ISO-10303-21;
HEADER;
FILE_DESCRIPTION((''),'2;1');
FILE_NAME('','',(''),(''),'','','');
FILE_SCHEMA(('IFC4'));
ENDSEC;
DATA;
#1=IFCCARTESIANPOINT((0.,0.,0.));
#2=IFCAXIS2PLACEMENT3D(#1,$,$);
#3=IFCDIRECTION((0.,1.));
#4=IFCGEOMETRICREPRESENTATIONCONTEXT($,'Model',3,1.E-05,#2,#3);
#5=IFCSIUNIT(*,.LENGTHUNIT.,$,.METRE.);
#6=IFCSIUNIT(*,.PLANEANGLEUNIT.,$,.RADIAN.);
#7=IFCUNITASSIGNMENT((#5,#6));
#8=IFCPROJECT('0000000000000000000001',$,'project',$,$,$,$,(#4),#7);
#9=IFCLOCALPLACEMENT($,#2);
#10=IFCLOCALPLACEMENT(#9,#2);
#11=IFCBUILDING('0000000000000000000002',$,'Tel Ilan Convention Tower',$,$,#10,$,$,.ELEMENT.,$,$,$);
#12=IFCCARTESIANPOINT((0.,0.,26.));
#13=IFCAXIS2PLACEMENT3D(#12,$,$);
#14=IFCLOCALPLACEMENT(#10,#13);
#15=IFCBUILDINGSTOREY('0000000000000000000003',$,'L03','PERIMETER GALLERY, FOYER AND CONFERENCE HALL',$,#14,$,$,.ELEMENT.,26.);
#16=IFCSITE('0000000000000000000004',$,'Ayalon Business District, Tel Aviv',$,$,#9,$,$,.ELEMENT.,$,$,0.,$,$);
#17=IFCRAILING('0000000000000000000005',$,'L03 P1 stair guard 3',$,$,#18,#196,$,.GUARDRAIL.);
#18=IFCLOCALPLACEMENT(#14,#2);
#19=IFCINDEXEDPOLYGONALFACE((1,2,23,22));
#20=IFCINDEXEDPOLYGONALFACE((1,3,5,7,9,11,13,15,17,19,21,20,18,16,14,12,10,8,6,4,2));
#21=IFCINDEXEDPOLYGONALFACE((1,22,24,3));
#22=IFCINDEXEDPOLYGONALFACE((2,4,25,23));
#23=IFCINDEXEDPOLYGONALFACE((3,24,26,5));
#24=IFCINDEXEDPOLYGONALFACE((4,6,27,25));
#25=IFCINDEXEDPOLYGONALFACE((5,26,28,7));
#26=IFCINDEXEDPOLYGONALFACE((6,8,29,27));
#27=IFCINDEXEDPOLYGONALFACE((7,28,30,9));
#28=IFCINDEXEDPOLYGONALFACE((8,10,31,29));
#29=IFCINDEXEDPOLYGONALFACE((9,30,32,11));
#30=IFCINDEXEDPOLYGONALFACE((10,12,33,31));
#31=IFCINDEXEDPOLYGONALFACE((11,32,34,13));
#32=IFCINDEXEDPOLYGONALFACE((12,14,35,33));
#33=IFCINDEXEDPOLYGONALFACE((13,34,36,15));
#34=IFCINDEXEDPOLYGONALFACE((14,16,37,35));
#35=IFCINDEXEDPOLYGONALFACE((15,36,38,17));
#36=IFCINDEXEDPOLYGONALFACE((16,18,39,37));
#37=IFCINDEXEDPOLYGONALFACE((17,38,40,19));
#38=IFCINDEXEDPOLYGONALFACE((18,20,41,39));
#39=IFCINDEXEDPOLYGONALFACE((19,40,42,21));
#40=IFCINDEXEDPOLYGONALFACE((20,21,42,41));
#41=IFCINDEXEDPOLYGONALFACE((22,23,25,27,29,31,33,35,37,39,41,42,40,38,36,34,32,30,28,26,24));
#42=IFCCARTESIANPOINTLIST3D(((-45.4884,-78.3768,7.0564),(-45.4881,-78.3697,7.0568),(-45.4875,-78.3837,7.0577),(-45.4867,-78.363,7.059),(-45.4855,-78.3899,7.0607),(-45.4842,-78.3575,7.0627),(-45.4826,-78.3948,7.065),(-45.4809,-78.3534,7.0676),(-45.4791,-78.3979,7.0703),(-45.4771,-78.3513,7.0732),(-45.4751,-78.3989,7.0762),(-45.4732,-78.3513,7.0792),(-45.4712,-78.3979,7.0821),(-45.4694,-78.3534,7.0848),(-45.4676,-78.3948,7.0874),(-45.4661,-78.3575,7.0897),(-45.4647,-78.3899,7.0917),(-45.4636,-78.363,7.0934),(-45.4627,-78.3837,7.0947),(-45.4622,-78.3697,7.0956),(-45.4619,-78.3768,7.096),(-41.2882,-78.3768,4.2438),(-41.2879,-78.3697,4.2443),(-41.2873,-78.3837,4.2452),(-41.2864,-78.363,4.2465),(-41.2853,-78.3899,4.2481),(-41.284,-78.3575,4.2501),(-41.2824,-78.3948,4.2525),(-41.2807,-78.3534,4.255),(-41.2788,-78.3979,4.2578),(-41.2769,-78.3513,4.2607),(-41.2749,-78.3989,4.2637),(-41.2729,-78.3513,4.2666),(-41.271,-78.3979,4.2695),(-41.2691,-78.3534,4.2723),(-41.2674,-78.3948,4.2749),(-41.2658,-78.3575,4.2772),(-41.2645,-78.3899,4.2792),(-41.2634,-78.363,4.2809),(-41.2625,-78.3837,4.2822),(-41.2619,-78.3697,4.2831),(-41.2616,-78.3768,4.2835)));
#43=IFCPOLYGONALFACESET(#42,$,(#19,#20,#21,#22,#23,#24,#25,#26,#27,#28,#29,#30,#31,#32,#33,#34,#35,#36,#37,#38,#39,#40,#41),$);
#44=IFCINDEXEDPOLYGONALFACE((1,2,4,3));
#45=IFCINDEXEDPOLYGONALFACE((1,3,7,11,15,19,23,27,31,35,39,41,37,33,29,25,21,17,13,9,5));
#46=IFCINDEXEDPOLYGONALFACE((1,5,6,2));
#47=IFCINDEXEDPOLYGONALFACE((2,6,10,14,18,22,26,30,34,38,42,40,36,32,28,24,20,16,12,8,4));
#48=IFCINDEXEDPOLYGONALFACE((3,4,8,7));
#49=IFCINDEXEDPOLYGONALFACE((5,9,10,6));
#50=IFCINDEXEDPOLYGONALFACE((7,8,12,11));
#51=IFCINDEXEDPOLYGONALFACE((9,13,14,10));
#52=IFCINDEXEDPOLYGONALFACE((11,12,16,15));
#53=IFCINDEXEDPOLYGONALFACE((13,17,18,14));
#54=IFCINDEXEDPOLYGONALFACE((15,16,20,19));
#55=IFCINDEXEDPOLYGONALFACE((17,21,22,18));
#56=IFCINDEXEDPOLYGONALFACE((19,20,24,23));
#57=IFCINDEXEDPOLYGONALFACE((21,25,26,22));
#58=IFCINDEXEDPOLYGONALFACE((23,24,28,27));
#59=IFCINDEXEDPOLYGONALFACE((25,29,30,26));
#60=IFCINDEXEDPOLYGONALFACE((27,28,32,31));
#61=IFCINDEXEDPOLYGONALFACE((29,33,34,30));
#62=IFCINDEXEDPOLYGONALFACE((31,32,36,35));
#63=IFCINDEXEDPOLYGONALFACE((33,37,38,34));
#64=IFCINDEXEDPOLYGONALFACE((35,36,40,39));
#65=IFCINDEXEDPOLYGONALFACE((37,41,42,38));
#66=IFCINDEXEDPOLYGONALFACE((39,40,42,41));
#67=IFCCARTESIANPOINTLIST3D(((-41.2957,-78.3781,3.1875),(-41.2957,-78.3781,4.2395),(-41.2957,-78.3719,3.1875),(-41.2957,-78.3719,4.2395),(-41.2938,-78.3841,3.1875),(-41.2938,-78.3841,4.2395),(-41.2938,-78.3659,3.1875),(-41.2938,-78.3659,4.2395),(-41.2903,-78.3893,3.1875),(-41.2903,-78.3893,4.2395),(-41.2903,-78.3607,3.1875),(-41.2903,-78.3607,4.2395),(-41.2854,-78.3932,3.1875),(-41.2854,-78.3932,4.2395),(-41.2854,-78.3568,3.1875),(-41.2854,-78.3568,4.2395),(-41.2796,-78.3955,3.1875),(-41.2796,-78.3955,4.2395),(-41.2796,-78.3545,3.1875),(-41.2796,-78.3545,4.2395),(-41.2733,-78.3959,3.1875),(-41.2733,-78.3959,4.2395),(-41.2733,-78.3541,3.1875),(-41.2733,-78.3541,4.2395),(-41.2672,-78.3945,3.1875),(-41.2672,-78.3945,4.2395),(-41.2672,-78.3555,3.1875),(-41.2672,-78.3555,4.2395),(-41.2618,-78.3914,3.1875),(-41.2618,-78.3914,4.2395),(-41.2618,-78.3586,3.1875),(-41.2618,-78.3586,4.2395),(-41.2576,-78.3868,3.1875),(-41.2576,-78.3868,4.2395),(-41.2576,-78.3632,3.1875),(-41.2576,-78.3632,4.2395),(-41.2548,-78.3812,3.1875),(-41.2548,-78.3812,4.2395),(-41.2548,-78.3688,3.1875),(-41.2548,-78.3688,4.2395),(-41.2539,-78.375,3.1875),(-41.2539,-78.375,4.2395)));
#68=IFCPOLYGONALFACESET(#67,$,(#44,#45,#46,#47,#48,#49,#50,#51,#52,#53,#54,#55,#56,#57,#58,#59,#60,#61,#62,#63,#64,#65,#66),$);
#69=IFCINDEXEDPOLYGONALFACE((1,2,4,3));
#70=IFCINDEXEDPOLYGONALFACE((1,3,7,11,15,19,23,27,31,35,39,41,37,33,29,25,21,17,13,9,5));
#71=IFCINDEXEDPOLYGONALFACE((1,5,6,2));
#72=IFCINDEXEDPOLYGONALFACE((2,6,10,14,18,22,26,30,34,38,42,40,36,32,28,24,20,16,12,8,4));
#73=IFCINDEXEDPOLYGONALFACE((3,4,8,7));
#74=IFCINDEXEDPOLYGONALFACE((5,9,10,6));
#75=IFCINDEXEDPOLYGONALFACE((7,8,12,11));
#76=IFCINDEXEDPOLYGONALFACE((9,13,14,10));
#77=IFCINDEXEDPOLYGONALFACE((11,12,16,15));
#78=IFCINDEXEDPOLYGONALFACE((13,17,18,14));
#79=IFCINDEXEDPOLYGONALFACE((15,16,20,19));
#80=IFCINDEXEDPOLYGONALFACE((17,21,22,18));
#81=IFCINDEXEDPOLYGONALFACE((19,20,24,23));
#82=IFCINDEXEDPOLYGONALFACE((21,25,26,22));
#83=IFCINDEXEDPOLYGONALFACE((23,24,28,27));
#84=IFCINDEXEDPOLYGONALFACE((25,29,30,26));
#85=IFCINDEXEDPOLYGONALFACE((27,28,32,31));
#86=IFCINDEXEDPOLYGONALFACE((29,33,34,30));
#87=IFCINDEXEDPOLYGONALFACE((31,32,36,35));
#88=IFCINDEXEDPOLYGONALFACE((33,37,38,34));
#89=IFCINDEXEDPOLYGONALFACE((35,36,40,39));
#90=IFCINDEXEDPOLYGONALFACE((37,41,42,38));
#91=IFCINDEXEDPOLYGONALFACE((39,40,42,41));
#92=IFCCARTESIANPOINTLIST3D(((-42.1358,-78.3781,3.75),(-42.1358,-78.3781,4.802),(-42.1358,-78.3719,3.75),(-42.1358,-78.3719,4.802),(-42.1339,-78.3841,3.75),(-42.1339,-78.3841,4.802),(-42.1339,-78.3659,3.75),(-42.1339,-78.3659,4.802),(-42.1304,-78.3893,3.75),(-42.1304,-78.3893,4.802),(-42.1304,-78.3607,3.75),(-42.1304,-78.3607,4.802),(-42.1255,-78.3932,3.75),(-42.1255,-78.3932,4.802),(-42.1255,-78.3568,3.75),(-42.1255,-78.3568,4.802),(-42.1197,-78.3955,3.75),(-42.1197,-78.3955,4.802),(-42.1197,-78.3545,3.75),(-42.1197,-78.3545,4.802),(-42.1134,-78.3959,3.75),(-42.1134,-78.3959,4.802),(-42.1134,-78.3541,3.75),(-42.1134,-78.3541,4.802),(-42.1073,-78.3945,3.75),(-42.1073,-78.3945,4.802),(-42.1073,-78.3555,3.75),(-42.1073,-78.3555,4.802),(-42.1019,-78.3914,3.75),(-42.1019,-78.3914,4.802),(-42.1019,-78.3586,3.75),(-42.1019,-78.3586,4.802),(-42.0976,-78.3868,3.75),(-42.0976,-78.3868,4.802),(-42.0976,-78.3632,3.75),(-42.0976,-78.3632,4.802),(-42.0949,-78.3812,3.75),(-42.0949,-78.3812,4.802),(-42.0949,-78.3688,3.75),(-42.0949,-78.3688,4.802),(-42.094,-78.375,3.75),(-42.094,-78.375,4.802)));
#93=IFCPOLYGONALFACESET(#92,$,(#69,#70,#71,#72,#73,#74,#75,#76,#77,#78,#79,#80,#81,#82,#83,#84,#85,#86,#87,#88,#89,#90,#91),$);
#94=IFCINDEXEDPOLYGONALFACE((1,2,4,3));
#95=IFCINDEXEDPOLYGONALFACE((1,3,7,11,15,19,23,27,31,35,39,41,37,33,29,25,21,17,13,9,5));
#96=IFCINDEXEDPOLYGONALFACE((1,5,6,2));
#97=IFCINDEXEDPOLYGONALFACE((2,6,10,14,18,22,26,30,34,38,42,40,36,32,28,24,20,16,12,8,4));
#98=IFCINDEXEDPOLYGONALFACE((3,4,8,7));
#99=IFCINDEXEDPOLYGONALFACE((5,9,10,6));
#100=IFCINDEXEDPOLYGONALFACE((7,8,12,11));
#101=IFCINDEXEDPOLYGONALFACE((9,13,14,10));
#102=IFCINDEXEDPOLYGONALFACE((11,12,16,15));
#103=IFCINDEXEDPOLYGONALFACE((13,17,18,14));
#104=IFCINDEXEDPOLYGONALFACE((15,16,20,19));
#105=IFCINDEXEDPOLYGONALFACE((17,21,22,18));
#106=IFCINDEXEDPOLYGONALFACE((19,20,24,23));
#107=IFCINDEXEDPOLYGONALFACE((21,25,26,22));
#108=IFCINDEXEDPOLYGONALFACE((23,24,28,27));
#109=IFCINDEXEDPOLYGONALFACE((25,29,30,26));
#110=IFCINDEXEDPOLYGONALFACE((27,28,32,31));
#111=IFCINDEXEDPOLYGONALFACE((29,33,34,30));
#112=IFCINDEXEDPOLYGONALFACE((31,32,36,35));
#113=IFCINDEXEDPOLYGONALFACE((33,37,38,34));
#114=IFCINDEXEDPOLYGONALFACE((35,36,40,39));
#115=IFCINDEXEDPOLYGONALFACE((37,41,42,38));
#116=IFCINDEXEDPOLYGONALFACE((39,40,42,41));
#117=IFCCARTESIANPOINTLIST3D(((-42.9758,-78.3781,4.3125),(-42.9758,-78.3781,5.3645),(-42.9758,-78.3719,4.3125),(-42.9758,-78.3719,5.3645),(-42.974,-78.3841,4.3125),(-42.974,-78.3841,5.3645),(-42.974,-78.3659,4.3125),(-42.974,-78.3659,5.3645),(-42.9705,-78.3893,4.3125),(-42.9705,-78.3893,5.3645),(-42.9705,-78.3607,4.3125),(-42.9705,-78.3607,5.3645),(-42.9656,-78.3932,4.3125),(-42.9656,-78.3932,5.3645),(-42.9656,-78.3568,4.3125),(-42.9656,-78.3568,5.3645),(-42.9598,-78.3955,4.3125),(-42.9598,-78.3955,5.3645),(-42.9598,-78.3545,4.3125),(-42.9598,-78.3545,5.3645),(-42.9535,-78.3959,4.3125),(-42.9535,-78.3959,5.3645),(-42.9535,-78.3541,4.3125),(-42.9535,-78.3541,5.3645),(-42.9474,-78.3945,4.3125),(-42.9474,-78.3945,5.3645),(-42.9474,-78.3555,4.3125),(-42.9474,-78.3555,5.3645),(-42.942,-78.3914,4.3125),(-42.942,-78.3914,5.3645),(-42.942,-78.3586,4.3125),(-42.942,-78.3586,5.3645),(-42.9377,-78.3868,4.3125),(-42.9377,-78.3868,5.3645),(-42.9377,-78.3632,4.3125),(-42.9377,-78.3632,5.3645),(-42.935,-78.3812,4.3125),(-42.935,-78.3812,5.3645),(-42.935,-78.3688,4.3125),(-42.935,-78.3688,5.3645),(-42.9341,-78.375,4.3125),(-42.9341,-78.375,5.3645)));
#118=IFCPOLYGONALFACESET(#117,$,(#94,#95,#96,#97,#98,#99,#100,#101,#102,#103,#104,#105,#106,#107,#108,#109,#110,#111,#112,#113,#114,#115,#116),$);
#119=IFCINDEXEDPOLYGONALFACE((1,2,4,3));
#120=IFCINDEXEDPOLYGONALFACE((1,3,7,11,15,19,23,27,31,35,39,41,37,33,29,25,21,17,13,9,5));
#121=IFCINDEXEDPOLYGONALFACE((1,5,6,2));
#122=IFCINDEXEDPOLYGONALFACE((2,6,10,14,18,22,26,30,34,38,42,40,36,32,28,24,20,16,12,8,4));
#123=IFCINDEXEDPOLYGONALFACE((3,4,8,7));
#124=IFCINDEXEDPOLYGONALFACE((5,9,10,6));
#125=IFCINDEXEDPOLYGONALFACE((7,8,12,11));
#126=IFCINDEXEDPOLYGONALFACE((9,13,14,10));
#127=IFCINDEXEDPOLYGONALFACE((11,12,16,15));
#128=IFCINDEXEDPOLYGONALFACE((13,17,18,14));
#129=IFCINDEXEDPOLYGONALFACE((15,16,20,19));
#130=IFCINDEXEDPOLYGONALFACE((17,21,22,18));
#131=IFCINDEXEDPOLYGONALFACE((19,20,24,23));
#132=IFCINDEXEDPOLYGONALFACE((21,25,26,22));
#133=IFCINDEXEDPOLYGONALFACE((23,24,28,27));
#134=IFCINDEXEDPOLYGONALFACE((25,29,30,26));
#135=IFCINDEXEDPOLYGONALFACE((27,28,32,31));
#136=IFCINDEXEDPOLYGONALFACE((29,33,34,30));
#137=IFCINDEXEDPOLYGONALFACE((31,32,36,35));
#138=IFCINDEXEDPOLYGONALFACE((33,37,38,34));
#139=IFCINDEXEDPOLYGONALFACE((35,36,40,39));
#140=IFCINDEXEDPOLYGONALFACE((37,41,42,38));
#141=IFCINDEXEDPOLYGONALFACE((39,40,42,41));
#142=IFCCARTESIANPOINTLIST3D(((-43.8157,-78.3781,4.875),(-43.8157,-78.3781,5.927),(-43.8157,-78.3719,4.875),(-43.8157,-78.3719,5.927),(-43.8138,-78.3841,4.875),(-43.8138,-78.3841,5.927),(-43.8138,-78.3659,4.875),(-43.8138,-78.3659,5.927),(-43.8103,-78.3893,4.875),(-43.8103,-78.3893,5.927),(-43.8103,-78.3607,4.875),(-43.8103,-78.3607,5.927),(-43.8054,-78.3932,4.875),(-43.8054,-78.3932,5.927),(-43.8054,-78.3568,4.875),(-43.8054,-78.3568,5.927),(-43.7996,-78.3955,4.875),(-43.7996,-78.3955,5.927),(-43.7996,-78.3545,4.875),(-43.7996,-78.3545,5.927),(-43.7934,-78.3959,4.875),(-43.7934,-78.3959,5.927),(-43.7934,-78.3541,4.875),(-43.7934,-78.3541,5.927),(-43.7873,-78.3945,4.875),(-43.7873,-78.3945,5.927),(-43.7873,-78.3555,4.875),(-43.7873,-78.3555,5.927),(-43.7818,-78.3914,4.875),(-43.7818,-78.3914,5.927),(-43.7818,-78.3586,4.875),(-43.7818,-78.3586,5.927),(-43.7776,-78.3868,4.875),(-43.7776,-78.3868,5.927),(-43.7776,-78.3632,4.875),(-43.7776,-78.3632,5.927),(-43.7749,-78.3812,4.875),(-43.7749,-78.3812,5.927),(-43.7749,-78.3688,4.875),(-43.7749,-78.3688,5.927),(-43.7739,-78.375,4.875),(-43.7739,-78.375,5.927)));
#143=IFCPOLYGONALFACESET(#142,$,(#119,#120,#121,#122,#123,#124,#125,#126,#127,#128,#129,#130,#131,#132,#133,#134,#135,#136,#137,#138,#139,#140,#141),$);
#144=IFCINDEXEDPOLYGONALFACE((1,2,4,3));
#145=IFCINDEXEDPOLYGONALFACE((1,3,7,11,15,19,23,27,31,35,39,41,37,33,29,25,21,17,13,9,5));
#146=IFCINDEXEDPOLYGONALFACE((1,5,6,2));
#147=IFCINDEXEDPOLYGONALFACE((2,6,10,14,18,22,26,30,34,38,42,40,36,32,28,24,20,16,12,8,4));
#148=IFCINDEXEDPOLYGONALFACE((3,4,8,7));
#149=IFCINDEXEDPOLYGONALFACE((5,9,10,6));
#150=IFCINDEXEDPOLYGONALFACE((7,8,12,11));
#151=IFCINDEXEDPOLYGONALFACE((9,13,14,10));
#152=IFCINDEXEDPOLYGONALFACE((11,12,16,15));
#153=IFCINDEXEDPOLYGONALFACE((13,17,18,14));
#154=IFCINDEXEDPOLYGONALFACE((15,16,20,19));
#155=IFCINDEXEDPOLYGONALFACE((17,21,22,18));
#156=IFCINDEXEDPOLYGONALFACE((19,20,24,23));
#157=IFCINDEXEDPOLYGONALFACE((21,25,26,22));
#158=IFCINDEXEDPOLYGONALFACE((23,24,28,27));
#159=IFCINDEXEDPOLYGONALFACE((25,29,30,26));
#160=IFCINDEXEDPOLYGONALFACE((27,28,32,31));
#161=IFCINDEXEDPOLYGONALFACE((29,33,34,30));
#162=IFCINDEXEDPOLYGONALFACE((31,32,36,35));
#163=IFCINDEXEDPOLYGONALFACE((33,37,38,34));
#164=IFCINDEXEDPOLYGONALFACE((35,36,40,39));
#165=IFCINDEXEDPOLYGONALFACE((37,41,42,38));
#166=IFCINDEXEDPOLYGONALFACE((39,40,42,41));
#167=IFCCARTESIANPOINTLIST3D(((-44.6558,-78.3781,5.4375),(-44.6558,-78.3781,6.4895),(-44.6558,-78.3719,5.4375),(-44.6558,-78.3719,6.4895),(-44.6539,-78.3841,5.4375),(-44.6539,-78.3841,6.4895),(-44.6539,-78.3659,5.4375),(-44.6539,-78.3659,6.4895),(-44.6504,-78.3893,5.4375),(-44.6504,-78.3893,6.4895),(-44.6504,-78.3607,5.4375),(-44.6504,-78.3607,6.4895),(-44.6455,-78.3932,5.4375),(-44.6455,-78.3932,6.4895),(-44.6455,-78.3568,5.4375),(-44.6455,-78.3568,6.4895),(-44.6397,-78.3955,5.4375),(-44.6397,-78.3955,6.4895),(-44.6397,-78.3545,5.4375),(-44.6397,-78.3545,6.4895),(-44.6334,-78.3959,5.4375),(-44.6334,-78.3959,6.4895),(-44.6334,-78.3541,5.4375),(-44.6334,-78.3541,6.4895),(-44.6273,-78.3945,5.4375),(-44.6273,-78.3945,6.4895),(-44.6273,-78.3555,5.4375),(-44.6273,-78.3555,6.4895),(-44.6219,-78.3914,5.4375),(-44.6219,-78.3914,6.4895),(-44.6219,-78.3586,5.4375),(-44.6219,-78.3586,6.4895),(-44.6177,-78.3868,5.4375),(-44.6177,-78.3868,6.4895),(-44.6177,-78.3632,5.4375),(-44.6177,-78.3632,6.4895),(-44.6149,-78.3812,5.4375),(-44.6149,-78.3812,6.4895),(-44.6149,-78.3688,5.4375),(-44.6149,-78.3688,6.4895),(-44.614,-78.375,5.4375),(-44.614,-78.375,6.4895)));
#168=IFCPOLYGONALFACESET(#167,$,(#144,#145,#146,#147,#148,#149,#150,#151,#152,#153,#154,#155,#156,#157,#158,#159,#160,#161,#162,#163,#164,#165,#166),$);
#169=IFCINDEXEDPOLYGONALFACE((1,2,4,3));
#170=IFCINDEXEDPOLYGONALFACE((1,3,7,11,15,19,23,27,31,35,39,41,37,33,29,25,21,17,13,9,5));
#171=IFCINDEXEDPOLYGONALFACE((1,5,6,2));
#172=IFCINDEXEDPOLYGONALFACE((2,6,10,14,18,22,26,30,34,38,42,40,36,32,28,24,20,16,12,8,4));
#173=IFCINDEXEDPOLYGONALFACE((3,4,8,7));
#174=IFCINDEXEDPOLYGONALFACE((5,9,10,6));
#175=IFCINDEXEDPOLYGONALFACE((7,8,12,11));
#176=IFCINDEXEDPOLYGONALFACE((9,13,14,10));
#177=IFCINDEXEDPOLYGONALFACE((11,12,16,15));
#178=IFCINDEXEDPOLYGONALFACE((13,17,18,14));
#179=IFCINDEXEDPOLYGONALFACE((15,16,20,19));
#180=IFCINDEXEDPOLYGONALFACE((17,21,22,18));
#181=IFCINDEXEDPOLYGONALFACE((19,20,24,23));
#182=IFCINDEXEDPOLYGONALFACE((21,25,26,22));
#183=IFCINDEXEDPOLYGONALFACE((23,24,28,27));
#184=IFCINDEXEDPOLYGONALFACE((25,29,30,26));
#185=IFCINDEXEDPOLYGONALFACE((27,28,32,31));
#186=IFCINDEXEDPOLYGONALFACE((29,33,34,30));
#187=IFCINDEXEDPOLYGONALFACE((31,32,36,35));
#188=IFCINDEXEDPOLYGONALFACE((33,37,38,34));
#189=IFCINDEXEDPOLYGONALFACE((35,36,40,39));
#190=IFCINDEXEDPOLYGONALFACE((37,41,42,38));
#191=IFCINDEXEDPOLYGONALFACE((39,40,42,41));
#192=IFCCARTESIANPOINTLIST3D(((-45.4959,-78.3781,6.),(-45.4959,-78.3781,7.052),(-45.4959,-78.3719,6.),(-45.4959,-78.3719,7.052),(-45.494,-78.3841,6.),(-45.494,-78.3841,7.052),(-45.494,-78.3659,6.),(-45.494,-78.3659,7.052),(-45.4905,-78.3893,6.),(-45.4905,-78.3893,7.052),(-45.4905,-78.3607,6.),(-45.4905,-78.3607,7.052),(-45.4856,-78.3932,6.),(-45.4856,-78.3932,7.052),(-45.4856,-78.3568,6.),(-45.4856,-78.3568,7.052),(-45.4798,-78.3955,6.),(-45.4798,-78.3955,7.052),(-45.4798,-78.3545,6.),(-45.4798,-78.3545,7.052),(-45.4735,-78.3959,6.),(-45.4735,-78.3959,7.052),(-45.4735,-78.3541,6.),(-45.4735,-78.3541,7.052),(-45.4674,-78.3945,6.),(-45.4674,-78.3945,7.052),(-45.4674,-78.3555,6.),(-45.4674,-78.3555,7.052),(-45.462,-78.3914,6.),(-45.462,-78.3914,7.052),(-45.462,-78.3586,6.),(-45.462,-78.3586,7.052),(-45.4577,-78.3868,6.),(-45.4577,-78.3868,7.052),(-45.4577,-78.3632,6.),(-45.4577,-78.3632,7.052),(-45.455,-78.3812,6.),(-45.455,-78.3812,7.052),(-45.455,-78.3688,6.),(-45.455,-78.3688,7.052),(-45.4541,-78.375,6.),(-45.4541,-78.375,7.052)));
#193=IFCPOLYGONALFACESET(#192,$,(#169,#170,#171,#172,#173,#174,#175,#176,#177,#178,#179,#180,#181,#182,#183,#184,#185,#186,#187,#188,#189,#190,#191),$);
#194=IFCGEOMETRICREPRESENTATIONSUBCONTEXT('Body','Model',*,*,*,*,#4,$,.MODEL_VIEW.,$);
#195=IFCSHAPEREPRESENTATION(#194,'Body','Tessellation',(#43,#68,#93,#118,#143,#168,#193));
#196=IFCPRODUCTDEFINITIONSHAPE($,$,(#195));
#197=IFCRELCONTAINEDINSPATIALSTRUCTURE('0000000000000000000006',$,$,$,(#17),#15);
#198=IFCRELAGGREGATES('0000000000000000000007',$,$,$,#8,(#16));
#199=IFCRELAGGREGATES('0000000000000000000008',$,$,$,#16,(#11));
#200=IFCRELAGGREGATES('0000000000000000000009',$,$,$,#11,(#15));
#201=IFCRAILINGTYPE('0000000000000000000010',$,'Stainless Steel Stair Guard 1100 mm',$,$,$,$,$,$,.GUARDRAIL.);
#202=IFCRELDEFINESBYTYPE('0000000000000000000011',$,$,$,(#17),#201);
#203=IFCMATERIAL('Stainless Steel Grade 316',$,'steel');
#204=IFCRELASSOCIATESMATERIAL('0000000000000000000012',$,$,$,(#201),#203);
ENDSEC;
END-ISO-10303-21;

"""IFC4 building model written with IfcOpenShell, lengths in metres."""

from ifc_helpers import new_model, si_unit, direction, frame, origin, origin_2d, place, context, subcontext, project, spatial, circle, extrude, material, type_object, element, save


model = new_model("IFC4")

# Units and contexts
model_context = context("Model", 3, precision=1e-05, world=origin(), true_north=direction((0.0, 1.0)))
body_context = subcontext(model_context, "Body", "Model", "MODEL_VIEW")
ifc_project = project(units=[si_unit("LENGTHUNIT", "METRE"), si_unit("PLANEANGLEUNIT", "RADIAN")], contexts=[model_context])

# Site, building, storey
site_placement = place(None, origin())
site = spatial("IfcSite", under=ifc_project, at=site_placement, Name="Ayalon Business District, Tel Aviv", CompositionType="ELEMENT", RefElevation=0.0)
building_placement = place(site_placement, origin())
building = spatial("IfcBuilding", under=site, at=building_placement, Name="Tel Ilan Convention Tower", CompositionType="ELEMENT")
storey_placement = place(building_placement, frame((0.0, 0.0, 26.0)))
storey = spatial("IfcBuildingStorey", under=building, at=storey_placement, Name="L03", Description="PERIMETER GALLERY, FOYER AND CONFERENCE HALL", CompositionType="ELEMENT", Elevation=26.0)

# Railing
ifc_material_1 = material(Name="Stainless Steel Grade 316", Category="steel")
railing_type = type_object("IfcRailingType", Name="Stainless Steel Stair Guard 1100 mm", PredefinedType="GUARDRAIL", material=ifc_material_1)
railing_1_placement = place(storey_placement, frame((-41.2749, -78.375, 3.1875)))
element("IfcRailing", 1, at=railing_1_placement, inside=storey, type_object=railing_type, Name="L03 P1 stair guard 3", PredefinedType="GUARDRAIL", context=body_context, shape_type="SweptSolid", body=[
    extrude(circle(Radius=0.0239, at=origin_2d()), frame((0.0, 0.0, 1.0762), z_axis=(-0.830919, 0.0, 0.556393), x_axis=(0.0, -1.0, 0.0)), (0.0, 0.0, 1.0), 5.0549),
    extrude(circle(Radius=0.021, at=origin_2d()), origin(), (0.0, 0.0, 1.0), 1.052),
    extrude(circle(Radius=0.021, at=origin_2d()), frame((-0.8401, 0.0, 0.5625)), (0.0, 0.0, 1.0), 1.052),
    extrude(circle(Radius=0.021, at=origin_2d()), frame((-1.6802, 0.0, 1.125)), (0.0, 0.0, 1.0), 1.052),
    extrude(circle(Radius=0.021, at=origin_2d()), frame((-2.52, 0.0, 1.6875)), (0.0, 0.0, 1.0), 1.052),
    extrude(circle(Radius=0.021, at=origin_2d()), frame((-3.3601, 0.0, 2.25)), (0.0, 0.0, 1.0), 1.052),
    extrude(circle(Radius=0.021, at=origin_2d()), frame((-4.2002, 0.0, 2.8125)), (0.0, 0.0, 1.0), 1.052),
])

save(model, "model.ifc")
